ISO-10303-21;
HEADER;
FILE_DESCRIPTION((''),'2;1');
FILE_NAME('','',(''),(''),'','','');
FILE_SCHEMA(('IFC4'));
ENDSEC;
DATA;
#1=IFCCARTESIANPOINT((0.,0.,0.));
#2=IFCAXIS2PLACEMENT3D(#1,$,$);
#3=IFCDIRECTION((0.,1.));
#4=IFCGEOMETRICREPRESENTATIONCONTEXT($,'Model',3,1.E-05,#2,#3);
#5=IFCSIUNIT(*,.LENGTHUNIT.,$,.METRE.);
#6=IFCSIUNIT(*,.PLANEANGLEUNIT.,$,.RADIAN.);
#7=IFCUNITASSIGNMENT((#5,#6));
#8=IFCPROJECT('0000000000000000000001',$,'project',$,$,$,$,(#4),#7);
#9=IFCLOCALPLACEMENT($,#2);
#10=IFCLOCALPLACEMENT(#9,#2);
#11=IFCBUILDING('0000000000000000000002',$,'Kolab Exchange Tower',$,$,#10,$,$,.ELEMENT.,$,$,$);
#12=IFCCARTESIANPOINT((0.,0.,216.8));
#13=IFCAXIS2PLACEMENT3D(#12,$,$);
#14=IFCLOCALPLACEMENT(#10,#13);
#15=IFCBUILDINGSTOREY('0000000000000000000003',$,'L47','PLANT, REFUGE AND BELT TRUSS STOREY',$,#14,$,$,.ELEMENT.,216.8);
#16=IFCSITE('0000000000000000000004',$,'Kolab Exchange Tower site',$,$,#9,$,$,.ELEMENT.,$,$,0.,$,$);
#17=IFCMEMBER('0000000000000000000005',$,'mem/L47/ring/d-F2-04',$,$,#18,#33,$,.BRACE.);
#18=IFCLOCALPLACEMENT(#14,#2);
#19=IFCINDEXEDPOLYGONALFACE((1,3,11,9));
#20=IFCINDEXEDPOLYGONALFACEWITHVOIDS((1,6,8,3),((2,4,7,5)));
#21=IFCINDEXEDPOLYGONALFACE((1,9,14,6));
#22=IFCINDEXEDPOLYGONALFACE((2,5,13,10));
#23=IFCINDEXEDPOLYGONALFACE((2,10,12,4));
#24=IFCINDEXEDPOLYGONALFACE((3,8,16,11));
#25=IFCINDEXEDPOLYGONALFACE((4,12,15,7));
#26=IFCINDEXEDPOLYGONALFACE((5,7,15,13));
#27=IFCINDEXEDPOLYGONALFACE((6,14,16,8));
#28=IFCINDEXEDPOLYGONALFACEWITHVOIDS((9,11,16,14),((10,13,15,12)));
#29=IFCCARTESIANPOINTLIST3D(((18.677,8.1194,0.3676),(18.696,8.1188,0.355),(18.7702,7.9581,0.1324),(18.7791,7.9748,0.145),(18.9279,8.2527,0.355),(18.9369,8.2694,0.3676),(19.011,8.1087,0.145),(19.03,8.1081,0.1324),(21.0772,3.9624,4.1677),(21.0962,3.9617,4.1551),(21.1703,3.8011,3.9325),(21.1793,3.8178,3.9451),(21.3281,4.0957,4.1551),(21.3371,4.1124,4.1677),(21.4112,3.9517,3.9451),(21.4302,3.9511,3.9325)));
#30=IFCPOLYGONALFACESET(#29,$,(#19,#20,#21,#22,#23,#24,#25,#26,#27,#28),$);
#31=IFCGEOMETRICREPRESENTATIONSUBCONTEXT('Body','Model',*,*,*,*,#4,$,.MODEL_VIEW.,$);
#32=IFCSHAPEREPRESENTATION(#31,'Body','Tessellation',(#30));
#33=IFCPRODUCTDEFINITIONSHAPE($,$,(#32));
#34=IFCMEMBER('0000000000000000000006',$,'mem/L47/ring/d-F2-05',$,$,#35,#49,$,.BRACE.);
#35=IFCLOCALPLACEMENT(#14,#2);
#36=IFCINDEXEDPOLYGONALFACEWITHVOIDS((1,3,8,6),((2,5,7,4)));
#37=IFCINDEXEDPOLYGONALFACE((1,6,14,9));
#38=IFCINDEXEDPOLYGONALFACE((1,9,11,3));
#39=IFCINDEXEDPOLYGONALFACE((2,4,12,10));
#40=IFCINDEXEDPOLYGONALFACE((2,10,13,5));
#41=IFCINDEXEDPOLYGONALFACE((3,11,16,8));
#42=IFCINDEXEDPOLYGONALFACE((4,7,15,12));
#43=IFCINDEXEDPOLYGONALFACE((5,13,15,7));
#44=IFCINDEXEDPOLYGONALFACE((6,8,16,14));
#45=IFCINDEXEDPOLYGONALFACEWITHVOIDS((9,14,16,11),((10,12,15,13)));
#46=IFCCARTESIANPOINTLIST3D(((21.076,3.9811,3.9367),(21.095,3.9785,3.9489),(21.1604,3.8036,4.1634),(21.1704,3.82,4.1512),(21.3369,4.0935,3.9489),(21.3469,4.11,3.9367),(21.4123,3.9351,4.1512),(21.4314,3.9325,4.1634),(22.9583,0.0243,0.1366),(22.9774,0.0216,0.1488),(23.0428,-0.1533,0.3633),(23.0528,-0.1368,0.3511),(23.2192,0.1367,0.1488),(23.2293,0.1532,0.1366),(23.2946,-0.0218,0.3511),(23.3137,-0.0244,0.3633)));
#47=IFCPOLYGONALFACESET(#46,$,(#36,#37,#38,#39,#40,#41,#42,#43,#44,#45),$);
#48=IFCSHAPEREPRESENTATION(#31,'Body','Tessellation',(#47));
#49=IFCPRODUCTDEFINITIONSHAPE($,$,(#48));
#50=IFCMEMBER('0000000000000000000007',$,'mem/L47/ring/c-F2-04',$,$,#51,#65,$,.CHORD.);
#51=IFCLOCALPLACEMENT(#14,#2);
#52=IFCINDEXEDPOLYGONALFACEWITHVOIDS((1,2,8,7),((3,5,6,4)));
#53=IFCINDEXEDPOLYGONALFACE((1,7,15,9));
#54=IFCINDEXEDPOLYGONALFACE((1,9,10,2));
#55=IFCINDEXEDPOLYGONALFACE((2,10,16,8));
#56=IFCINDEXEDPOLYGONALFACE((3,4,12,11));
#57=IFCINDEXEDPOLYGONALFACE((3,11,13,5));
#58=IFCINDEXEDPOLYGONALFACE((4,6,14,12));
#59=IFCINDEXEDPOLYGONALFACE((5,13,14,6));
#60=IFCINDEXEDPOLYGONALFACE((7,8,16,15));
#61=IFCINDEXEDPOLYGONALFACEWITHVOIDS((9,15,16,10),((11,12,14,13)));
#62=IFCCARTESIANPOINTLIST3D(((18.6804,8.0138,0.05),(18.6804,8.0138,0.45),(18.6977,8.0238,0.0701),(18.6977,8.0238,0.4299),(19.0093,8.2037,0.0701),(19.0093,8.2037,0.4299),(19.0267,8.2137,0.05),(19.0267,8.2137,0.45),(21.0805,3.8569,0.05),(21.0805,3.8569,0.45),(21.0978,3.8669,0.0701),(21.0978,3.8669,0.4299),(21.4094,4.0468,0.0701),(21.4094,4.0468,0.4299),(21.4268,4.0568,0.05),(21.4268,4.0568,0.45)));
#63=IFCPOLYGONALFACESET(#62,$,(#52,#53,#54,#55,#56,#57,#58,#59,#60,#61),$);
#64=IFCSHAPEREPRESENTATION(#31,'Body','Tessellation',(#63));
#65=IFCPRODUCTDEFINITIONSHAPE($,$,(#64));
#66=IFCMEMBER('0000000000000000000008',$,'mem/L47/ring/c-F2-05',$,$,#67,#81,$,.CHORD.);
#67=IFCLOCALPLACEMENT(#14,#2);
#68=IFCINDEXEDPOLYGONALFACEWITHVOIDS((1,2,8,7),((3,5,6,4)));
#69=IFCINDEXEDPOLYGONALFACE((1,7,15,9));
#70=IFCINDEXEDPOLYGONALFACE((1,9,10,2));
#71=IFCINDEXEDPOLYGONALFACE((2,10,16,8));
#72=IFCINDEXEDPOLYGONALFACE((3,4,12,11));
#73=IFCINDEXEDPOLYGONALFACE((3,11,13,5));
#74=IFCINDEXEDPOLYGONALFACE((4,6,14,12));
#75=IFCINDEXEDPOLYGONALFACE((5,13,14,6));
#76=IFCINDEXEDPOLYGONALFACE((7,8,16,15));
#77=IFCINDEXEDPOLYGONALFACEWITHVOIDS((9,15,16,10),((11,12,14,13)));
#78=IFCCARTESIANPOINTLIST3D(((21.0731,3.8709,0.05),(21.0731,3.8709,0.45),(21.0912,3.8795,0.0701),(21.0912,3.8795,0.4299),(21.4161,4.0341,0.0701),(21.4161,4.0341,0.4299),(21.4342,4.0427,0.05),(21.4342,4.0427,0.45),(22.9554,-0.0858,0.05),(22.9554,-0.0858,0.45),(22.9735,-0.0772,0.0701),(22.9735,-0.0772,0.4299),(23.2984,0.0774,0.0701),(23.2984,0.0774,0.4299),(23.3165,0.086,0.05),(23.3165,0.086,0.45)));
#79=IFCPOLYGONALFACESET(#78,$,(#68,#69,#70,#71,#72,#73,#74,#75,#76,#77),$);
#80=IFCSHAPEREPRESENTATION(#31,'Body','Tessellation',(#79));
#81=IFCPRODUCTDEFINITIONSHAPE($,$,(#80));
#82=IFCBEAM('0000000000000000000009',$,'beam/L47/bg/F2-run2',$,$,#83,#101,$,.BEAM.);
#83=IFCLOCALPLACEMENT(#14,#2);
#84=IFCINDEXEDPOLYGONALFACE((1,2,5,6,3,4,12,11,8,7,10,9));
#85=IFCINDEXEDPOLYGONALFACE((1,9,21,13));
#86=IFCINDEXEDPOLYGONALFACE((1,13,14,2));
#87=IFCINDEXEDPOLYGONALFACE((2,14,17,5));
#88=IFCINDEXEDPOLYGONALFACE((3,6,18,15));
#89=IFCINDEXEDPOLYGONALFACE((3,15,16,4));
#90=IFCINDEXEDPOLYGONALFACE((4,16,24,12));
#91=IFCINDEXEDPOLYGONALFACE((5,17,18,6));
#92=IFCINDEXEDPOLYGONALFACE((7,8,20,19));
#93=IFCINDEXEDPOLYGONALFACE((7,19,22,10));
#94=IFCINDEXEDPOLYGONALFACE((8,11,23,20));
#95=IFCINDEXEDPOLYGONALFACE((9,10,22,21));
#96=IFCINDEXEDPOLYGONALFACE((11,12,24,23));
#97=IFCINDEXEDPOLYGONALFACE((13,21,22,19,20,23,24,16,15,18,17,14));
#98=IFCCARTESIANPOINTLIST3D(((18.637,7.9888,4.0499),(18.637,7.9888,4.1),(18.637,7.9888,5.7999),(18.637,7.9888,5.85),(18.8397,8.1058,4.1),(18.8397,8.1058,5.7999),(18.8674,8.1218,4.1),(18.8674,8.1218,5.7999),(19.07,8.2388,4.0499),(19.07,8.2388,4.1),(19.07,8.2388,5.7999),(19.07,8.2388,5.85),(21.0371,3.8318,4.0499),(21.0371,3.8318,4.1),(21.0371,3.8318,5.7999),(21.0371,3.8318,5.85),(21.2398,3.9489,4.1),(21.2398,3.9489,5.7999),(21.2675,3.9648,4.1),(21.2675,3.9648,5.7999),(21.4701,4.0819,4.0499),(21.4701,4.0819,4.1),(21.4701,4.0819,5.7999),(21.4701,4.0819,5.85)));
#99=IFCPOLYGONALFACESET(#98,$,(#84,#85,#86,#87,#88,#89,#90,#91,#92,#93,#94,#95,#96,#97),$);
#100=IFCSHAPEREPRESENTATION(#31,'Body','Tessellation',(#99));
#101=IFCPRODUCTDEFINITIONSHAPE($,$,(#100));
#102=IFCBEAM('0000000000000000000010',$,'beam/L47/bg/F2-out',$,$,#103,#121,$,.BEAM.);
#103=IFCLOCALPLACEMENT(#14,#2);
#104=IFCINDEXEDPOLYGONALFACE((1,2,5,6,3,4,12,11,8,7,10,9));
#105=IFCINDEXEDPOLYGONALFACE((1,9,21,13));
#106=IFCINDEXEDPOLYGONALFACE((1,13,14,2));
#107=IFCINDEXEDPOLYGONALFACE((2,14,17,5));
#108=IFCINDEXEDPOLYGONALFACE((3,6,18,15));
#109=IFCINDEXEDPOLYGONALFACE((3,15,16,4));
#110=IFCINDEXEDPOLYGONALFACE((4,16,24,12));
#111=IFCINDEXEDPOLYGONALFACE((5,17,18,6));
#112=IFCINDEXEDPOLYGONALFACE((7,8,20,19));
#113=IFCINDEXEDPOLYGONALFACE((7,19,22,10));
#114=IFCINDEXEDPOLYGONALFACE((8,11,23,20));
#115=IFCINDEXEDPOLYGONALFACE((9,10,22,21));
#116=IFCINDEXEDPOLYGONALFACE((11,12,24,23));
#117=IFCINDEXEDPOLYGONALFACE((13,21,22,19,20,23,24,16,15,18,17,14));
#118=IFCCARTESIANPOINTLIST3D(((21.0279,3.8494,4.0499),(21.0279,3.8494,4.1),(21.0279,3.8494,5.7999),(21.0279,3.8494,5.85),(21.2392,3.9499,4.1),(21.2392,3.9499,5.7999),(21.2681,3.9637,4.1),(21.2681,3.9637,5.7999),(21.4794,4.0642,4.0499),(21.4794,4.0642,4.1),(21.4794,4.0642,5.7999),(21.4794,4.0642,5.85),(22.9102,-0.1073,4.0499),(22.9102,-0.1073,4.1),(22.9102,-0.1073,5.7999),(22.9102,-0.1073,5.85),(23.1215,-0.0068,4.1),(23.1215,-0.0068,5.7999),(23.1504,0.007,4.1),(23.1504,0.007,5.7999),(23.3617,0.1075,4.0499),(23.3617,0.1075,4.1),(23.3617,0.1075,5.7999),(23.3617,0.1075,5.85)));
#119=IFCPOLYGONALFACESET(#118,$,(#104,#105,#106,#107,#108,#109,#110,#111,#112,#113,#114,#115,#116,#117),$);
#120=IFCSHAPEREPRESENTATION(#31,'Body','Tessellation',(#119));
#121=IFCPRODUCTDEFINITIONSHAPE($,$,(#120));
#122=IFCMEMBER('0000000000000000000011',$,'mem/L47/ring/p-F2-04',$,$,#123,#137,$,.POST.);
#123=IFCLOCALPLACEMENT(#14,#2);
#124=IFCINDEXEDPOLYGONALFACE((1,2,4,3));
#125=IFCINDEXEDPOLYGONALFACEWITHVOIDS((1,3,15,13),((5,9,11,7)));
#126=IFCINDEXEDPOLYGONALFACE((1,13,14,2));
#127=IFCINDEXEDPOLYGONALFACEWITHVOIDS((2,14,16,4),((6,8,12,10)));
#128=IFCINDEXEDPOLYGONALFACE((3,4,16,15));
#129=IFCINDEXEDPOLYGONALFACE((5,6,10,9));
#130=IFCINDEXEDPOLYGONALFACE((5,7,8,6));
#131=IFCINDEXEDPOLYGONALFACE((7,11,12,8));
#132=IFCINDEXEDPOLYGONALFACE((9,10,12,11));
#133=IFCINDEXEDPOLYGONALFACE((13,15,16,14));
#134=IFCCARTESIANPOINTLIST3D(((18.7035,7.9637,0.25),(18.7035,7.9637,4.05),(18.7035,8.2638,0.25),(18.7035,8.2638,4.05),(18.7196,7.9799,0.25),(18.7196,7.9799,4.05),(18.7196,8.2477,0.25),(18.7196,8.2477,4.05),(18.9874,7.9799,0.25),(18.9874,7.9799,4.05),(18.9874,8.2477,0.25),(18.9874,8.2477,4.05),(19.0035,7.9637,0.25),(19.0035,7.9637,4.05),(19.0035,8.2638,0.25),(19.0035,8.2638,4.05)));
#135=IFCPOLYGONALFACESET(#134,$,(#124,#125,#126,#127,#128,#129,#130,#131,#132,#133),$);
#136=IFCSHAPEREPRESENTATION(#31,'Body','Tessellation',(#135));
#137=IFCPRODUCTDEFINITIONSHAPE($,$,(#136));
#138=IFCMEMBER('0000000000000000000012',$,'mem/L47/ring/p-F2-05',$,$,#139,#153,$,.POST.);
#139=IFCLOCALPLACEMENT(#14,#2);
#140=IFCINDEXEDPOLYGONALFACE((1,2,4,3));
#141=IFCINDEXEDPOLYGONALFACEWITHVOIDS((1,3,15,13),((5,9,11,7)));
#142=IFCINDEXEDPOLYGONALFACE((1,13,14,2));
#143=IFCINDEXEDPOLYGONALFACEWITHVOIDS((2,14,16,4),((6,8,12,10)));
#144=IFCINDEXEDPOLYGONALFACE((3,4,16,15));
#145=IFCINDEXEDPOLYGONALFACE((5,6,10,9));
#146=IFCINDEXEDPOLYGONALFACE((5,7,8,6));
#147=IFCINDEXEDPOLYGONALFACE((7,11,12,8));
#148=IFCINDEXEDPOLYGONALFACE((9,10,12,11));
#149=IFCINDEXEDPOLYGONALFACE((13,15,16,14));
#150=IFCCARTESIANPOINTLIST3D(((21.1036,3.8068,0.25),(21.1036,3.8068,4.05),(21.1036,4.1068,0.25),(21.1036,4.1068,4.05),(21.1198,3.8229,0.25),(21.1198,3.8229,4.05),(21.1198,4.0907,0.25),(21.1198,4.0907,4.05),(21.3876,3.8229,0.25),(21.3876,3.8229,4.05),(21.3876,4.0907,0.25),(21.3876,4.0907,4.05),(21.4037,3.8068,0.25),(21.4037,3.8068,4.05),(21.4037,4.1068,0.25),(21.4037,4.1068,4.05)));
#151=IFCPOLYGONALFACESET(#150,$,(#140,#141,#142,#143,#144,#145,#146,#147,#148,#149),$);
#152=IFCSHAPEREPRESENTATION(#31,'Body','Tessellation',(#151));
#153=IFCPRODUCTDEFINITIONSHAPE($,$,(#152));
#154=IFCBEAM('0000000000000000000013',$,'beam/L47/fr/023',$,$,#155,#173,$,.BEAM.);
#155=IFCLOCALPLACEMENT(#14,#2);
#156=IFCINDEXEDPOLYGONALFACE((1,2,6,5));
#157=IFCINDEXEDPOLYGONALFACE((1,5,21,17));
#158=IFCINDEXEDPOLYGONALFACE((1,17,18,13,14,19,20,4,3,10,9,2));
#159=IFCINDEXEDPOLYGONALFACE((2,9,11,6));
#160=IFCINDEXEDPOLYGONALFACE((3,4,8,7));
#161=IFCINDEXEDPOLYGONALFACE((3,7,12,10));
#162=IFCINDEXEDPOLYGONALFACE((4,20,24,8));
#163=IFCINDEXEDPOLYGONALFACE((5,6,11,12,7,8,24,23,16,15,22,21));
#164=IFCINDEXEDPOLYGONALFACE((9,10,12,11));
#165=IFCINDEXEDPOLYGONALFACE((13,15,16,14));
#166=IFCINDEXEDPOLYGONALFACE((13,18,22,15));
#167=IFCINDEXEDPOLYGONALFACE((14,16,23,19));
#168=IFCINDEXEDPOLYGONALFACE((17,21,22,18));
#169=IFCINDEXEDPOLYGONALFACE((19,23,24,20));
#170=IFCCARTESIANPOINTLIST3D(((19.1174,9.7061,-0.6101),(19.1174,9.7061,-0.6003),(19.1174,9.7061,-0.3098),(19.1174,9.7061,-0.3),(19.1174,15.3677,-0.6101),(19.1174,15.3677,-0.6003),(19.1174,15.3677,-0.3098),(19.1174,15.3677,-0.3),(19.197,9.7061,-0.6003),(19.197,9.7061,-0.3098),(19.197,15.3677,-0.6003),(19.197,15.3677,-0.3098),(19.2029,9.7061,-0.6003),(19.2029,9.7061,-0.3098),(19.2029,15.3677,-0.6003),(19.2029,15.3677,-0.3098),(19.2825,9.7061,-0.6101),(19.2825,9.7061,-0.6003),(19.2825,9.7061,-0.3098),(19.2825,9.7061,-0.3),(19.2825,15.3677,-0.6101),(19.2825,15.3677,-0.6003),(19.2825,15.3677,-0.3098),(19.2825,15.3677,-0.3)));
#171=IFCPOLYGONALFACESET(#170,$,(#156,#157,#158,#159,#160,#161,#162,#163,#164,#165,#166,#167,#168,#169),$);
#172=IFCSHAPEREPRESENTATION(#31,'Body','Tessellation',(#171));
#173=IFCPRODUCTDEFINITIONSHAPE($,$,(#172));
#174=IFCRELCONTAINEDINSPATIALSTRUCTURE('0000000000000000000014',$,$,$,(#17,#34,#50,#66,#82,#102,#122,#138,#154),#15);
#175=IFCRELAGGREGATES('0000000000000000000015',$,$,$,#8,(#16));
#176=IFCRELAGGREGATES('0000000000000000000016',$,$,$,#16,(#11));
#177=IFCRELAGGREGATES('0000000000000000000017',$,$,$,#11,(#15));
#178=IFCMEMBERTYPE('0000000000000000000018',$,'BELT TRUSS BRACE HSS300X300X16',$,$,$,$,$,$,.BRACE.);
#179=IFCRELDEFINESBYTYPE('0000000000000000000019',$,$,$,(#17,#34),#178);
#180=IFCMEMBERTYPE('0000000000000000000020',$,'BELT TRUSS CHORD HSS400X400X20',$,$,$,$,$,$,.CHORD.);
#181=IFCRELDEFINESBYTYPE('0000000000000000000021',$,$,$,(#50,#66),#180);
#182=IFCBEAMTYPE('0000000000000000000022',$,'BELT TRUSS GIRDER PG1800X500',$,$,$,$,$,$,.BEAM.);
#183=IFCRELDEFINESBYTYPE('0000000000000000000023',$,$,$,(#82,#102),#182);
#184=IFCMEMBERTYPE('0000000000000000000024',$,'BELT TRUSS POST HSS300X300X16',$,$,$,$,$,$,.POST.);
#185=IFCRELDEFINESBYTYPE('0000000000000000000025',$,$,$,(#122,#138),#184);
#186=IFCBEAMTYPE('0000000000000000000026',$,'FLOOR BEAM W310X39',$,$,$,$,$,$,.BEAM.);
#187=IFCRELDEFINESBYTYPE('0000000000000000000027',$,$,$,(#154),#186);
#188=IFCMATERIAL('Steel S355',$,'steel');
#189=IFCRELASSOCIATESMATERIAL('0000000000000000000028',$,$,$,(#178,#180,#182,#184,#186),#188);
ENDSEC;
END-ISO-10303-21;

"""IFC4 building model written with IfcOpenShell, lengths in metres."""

from ifc_helpers import new_model, si_unit, direction, frame, origin, origin_2d, place, context, subcontext, project, spatial, hollow_rectangle, i_section, extrude, material, material_profile, profile_set, type_object, element, save


model = new_model("IFC4")

# Units and contexts
model_context = context("Model", 3, precision=1e-05, world=origin(), true_north=direction((0.0, 1.0)))
body_context = subcontext(model_context, "Body", "Model", "MODEL_VIEW")
ifc_project = project(units=[si_unit("LENGTHUNIT", "METRE"), si_unit("PLANEANGLEUNIT", "RADIAN")], contexts=[model_context])

# Site, building, storey
site_placement = place(None, origin())
site = spatial("IfcSite", under=ifc_project, at=site_placement, Name="Kolab Exchange Tower site", CompositionType="ELEMENT", RefElevation=0.0)
building_placement = place(site_placement, origin())
building = spatial("IfcBuilding", under=site, at=building_placement, Name="Kolab Exchange Tower", CompositionType="ELEMENT")
storey_placement = place(building_placement, frame((0.0, 0.0, 216.8)))
storey = spatial("IfcBuildingStorey", under=building, at=storey_placement, Name="L47", Description="PLANT, REFUGE AND BELT TRUSS STOREY", CompositionType="ELEMENT", Elevation=216.8)

# Members
ifc_material_1 = material(Name="Steel S355", Category="steel")
ifc_material_profile_1 = material_profile(ifc_material_1, hollow_rectangle(XDim=0.3, YDim=0.3, WallThickness=0.0161, at=origin_2d()), Name="HSS300X300X16")
ifc_profile_set_1 = profile_set([ifc_material_profile_1], Name="Steel S355")
member_type_1 = type_object("IfcMemberType", Name="BELT TRUSS BRACE HSS300X300X16", PredefinedType="BRACE", material=ifc_profile_set_1)
member_1_placement = place(storey_placement, frame((18.8535, 8.1138, 0.25), z_axis=(0.392039, -0.678999, 0.620698), x_axis=(0.866015, 0.500017, 0.0)))
element("IfcMember", 1, at=member_1_placement, inside=storey, type_object=member_type_1, Name="mem/L47/ring/d-F2-04", PredefinedType="BRACE", context=body_context, shape_type="SweptSolid", body=[
    extrude(hollow_rectangle(XDim=0.3, YDim=0.3, WallThickness=0.0161, at=origin_2d()), origin(), (0.0, 0.0, 1.0), 6.1223),
])
member_2_placement = place(storey_placement, frame((21.2537, 3.9568, 4.05), z_axis=(0.32454, -0.682208, -0.655184), x_axis=(0.903025, 0.429587, 0.0)))
element("IfcMember", 2, at=member_2_placement, inside=storey, type_object=member_type_1, Name="mem/L47/ring/d-F2-05", PredefinedType="BRACE", context=body_context, shape_type="SweptSolid", body=[
    extrude(hollow_rectangle(XDim=0.3, YDim=0.3, WallThickness=0.0161, at=origin_2d()), origin(), (0.0, 0.0, 1.0), 5.8),
])
ifc_material_profile_2 = material_profile(ifc_material_1, hollow_rectangle(XDim=0.3999, YDim=0.3999, WallThickness=0.02, at=origin_2d()), Name="HSS400X400X20")
ifc_profile_set_2 = profile_set([ifc_material_profile_2], Name="Steel S355")
member_type_2 = type_object("IfcMemberType", Name="BELT TRUSS CHORD HSS400X400X20", PredefinedType="CHORD", material=ifc_profile_set_2)
member_3_placement = place(storey_placement, frame((18.8535, 8.1138, 0.25), z_axis=(0.500017, -0.866015, 0.0), x_axis=(0.866015, 0.500017, 0.0)))
element("IfcMember", 3, at=member_3_placement, inside=storey, type_object=member_type_2, Name="mem/L47/ring/c-F2-04", PredefinedType="CHORD", context=body_context, shape_type="SweptSolid", body=[
    extrude(hollow_rectangle(XDim=0.3999, YDim=0.3999, WallThickness=0.02, at=origin_2d()), origin(), (0.0, 0.0, 1.0), 4.8),
])
member_4_placement = place(storey_placement, frame((21.2537, 3.9568, 0.25), z_axis=(0.429587, -0.903025, 0.0), x_axis=(0.903025, 0.429587, 0.0)))
element("IfcMember", 4, at=member_4_placement, inside=storey, type_object=member_type_2, Name="mem/L47/ring/c-F2-05", PredefinedType="CHORD", context=body_context, shape_type="SweptSolid", body=[
    extrude(hollow_rectangle(XDim=0.3999, YDim=0.3999, WallThickness=0.02, at=origin_2d()), origin(), (0.0, 0.0, 1.0), 4.3816),
])

# Beams
ifc_material_profile_3 = material_profile(ifc_material_1, i_section(OverallWidth=0.5, OverallDepth=1.8, WebThickness=0.032, FlangeThickness=0.05, at=origin_2d()), Name="PG1800X500")
ifc_profile_set_3 = profile_set([ifc_material_profile_3], Name="Steel S355")
beam_type_1 = type_object("IfcBeamType", Name="BELT TRUSS GIRDER PG1800X500", PredefinedType="BEAM", material=ifc_profile_set_3)
beam_1_placement = place(storey_placement, frame((18.8535, 8.1138, 4.95), z_axis=(0.500017, -0.866015, 0.0), x_axis=(0.866015, 0.500017, 0.0)))
element("IfcBeam", 5, at=beam_1_placement, inside=storey, type_object=beam_type_1, Name="beam/L47/bg/F2-run2", PredefinedType="BEAM", context=body_context, shape_type="SweptSolid", body=[
    extrude(i_section(OverallWidth=0.5, OverallDepth=1.8, WebThickness=0.032, FlangeThickness=0.05, at=origin_2d()), origin(), (0.0, 0.0, 1.0), 4.8),
])
beam_2_placement = place(storey_placement, frame((21.2537, 3.9568, 4.95), z_axis=(0.429587, -0.903025, 0.0), x_axis=(0.903025, 0.429587, 0.0)))
element("IfcBeam", 6, at=beam_2_placement, inside=storey, type_object=beam_type_1, Name="beam/L47/bg/F2-out", PredefinedType="BEAM", context=body_context, shape_type="SweptSolid", body=[
    extrude(i_section(OverallWidth=0.5, OverallDepth=1.8, WebThickness=0.032, FlangeThickness=0.05, at=origin_2d()), origin(), (0.0, 0.0, 1.0), 4.3816),
])

# Members
ifc_material_profile_4 = material_profile(ifc_material_1, hollow_rectangle(XDim=0.3, YDim=0.3, WallThickness=0.0161, at=origin_2d()), Name="HSS300X300X16")
ifc_profile_set_4 = profile_set([ifc_material_profile_4], Name="Steel S355")
member_type_3 = type_object("IfcMemberType", Name="BELT TRUSS POST HSS300X300X16", PredefinedType="POST", material=ifc_profile_set_4)
for number, where, z_axis, x_axis, name in (
    (7, (18.8535, 8.1138, 0.25), (0.0, 0.0, 1.0), (1.0, 0.0, 0.0), "mem/L47/ring/p-F2-04"),
    (8, (21.2537, 3.9568, 0.25), (0.0, 0.0, 1.0), (1.0, 0.0, 0.0), "mem/L47/ring/p-F2-05"),
):
    element("IfcMember", number, at=place(storey_placement, frame(where, z_axis=z_axis, x_axis=x_axis)), inside=storey, type_object=member_type_3, Name=name, PredefinedType="POST", context=body_context, shape_type="SweptSolid", body=[
        extrude(hollow_rectangle(XDim=0.3, YDim=0.3, WallThickness=0.0161, at=origin_2d()), origin(), (0.0, 0.0, 1.0), 3.8),
    ])

# Beam
ifc_material_profile_5 = material_profile(ifc_material_1, i_section(OverallWidth=0.165, OverallDepth=0.3101, WebThickness=0.0059, FlangeThickness=0.0098, at=origin_2d()), Name="W310X39")
ifc_profile_set_5 = profile_set([ifc_material_profile_5], Name="Steel S355")
beam_type_2 = type_object("IfcBeamType", Name="FLOOR BEAM W310X39", PredefinedType="BEAM", material=ifc_profile_set_5)
beam_3_placement = place(storey_placement, frame((19.2, 9.7061, -0.4551), z_axis=(0.0, 1.0, 0.0), x_axis=(-1.0, 0.0, 0.0)))
element("IfcBeam", 9, at=beam_3_placement, inside=storey, type_object=beam_type_2, Name="beam/L47/fr/023", PredefinedType="BEAM", context=body_context, shape_type="SweptSolid", body=[
    extrude(i_section(OverallWidth=0.165, OverallDepth=0.3101, WebThickness=0.0059, FlangeThickness=0.0098, at=origin_2d()), origin(), (0.0, 0.0, 1.0), 5.6616),
])

save(model, "model.ifc")
